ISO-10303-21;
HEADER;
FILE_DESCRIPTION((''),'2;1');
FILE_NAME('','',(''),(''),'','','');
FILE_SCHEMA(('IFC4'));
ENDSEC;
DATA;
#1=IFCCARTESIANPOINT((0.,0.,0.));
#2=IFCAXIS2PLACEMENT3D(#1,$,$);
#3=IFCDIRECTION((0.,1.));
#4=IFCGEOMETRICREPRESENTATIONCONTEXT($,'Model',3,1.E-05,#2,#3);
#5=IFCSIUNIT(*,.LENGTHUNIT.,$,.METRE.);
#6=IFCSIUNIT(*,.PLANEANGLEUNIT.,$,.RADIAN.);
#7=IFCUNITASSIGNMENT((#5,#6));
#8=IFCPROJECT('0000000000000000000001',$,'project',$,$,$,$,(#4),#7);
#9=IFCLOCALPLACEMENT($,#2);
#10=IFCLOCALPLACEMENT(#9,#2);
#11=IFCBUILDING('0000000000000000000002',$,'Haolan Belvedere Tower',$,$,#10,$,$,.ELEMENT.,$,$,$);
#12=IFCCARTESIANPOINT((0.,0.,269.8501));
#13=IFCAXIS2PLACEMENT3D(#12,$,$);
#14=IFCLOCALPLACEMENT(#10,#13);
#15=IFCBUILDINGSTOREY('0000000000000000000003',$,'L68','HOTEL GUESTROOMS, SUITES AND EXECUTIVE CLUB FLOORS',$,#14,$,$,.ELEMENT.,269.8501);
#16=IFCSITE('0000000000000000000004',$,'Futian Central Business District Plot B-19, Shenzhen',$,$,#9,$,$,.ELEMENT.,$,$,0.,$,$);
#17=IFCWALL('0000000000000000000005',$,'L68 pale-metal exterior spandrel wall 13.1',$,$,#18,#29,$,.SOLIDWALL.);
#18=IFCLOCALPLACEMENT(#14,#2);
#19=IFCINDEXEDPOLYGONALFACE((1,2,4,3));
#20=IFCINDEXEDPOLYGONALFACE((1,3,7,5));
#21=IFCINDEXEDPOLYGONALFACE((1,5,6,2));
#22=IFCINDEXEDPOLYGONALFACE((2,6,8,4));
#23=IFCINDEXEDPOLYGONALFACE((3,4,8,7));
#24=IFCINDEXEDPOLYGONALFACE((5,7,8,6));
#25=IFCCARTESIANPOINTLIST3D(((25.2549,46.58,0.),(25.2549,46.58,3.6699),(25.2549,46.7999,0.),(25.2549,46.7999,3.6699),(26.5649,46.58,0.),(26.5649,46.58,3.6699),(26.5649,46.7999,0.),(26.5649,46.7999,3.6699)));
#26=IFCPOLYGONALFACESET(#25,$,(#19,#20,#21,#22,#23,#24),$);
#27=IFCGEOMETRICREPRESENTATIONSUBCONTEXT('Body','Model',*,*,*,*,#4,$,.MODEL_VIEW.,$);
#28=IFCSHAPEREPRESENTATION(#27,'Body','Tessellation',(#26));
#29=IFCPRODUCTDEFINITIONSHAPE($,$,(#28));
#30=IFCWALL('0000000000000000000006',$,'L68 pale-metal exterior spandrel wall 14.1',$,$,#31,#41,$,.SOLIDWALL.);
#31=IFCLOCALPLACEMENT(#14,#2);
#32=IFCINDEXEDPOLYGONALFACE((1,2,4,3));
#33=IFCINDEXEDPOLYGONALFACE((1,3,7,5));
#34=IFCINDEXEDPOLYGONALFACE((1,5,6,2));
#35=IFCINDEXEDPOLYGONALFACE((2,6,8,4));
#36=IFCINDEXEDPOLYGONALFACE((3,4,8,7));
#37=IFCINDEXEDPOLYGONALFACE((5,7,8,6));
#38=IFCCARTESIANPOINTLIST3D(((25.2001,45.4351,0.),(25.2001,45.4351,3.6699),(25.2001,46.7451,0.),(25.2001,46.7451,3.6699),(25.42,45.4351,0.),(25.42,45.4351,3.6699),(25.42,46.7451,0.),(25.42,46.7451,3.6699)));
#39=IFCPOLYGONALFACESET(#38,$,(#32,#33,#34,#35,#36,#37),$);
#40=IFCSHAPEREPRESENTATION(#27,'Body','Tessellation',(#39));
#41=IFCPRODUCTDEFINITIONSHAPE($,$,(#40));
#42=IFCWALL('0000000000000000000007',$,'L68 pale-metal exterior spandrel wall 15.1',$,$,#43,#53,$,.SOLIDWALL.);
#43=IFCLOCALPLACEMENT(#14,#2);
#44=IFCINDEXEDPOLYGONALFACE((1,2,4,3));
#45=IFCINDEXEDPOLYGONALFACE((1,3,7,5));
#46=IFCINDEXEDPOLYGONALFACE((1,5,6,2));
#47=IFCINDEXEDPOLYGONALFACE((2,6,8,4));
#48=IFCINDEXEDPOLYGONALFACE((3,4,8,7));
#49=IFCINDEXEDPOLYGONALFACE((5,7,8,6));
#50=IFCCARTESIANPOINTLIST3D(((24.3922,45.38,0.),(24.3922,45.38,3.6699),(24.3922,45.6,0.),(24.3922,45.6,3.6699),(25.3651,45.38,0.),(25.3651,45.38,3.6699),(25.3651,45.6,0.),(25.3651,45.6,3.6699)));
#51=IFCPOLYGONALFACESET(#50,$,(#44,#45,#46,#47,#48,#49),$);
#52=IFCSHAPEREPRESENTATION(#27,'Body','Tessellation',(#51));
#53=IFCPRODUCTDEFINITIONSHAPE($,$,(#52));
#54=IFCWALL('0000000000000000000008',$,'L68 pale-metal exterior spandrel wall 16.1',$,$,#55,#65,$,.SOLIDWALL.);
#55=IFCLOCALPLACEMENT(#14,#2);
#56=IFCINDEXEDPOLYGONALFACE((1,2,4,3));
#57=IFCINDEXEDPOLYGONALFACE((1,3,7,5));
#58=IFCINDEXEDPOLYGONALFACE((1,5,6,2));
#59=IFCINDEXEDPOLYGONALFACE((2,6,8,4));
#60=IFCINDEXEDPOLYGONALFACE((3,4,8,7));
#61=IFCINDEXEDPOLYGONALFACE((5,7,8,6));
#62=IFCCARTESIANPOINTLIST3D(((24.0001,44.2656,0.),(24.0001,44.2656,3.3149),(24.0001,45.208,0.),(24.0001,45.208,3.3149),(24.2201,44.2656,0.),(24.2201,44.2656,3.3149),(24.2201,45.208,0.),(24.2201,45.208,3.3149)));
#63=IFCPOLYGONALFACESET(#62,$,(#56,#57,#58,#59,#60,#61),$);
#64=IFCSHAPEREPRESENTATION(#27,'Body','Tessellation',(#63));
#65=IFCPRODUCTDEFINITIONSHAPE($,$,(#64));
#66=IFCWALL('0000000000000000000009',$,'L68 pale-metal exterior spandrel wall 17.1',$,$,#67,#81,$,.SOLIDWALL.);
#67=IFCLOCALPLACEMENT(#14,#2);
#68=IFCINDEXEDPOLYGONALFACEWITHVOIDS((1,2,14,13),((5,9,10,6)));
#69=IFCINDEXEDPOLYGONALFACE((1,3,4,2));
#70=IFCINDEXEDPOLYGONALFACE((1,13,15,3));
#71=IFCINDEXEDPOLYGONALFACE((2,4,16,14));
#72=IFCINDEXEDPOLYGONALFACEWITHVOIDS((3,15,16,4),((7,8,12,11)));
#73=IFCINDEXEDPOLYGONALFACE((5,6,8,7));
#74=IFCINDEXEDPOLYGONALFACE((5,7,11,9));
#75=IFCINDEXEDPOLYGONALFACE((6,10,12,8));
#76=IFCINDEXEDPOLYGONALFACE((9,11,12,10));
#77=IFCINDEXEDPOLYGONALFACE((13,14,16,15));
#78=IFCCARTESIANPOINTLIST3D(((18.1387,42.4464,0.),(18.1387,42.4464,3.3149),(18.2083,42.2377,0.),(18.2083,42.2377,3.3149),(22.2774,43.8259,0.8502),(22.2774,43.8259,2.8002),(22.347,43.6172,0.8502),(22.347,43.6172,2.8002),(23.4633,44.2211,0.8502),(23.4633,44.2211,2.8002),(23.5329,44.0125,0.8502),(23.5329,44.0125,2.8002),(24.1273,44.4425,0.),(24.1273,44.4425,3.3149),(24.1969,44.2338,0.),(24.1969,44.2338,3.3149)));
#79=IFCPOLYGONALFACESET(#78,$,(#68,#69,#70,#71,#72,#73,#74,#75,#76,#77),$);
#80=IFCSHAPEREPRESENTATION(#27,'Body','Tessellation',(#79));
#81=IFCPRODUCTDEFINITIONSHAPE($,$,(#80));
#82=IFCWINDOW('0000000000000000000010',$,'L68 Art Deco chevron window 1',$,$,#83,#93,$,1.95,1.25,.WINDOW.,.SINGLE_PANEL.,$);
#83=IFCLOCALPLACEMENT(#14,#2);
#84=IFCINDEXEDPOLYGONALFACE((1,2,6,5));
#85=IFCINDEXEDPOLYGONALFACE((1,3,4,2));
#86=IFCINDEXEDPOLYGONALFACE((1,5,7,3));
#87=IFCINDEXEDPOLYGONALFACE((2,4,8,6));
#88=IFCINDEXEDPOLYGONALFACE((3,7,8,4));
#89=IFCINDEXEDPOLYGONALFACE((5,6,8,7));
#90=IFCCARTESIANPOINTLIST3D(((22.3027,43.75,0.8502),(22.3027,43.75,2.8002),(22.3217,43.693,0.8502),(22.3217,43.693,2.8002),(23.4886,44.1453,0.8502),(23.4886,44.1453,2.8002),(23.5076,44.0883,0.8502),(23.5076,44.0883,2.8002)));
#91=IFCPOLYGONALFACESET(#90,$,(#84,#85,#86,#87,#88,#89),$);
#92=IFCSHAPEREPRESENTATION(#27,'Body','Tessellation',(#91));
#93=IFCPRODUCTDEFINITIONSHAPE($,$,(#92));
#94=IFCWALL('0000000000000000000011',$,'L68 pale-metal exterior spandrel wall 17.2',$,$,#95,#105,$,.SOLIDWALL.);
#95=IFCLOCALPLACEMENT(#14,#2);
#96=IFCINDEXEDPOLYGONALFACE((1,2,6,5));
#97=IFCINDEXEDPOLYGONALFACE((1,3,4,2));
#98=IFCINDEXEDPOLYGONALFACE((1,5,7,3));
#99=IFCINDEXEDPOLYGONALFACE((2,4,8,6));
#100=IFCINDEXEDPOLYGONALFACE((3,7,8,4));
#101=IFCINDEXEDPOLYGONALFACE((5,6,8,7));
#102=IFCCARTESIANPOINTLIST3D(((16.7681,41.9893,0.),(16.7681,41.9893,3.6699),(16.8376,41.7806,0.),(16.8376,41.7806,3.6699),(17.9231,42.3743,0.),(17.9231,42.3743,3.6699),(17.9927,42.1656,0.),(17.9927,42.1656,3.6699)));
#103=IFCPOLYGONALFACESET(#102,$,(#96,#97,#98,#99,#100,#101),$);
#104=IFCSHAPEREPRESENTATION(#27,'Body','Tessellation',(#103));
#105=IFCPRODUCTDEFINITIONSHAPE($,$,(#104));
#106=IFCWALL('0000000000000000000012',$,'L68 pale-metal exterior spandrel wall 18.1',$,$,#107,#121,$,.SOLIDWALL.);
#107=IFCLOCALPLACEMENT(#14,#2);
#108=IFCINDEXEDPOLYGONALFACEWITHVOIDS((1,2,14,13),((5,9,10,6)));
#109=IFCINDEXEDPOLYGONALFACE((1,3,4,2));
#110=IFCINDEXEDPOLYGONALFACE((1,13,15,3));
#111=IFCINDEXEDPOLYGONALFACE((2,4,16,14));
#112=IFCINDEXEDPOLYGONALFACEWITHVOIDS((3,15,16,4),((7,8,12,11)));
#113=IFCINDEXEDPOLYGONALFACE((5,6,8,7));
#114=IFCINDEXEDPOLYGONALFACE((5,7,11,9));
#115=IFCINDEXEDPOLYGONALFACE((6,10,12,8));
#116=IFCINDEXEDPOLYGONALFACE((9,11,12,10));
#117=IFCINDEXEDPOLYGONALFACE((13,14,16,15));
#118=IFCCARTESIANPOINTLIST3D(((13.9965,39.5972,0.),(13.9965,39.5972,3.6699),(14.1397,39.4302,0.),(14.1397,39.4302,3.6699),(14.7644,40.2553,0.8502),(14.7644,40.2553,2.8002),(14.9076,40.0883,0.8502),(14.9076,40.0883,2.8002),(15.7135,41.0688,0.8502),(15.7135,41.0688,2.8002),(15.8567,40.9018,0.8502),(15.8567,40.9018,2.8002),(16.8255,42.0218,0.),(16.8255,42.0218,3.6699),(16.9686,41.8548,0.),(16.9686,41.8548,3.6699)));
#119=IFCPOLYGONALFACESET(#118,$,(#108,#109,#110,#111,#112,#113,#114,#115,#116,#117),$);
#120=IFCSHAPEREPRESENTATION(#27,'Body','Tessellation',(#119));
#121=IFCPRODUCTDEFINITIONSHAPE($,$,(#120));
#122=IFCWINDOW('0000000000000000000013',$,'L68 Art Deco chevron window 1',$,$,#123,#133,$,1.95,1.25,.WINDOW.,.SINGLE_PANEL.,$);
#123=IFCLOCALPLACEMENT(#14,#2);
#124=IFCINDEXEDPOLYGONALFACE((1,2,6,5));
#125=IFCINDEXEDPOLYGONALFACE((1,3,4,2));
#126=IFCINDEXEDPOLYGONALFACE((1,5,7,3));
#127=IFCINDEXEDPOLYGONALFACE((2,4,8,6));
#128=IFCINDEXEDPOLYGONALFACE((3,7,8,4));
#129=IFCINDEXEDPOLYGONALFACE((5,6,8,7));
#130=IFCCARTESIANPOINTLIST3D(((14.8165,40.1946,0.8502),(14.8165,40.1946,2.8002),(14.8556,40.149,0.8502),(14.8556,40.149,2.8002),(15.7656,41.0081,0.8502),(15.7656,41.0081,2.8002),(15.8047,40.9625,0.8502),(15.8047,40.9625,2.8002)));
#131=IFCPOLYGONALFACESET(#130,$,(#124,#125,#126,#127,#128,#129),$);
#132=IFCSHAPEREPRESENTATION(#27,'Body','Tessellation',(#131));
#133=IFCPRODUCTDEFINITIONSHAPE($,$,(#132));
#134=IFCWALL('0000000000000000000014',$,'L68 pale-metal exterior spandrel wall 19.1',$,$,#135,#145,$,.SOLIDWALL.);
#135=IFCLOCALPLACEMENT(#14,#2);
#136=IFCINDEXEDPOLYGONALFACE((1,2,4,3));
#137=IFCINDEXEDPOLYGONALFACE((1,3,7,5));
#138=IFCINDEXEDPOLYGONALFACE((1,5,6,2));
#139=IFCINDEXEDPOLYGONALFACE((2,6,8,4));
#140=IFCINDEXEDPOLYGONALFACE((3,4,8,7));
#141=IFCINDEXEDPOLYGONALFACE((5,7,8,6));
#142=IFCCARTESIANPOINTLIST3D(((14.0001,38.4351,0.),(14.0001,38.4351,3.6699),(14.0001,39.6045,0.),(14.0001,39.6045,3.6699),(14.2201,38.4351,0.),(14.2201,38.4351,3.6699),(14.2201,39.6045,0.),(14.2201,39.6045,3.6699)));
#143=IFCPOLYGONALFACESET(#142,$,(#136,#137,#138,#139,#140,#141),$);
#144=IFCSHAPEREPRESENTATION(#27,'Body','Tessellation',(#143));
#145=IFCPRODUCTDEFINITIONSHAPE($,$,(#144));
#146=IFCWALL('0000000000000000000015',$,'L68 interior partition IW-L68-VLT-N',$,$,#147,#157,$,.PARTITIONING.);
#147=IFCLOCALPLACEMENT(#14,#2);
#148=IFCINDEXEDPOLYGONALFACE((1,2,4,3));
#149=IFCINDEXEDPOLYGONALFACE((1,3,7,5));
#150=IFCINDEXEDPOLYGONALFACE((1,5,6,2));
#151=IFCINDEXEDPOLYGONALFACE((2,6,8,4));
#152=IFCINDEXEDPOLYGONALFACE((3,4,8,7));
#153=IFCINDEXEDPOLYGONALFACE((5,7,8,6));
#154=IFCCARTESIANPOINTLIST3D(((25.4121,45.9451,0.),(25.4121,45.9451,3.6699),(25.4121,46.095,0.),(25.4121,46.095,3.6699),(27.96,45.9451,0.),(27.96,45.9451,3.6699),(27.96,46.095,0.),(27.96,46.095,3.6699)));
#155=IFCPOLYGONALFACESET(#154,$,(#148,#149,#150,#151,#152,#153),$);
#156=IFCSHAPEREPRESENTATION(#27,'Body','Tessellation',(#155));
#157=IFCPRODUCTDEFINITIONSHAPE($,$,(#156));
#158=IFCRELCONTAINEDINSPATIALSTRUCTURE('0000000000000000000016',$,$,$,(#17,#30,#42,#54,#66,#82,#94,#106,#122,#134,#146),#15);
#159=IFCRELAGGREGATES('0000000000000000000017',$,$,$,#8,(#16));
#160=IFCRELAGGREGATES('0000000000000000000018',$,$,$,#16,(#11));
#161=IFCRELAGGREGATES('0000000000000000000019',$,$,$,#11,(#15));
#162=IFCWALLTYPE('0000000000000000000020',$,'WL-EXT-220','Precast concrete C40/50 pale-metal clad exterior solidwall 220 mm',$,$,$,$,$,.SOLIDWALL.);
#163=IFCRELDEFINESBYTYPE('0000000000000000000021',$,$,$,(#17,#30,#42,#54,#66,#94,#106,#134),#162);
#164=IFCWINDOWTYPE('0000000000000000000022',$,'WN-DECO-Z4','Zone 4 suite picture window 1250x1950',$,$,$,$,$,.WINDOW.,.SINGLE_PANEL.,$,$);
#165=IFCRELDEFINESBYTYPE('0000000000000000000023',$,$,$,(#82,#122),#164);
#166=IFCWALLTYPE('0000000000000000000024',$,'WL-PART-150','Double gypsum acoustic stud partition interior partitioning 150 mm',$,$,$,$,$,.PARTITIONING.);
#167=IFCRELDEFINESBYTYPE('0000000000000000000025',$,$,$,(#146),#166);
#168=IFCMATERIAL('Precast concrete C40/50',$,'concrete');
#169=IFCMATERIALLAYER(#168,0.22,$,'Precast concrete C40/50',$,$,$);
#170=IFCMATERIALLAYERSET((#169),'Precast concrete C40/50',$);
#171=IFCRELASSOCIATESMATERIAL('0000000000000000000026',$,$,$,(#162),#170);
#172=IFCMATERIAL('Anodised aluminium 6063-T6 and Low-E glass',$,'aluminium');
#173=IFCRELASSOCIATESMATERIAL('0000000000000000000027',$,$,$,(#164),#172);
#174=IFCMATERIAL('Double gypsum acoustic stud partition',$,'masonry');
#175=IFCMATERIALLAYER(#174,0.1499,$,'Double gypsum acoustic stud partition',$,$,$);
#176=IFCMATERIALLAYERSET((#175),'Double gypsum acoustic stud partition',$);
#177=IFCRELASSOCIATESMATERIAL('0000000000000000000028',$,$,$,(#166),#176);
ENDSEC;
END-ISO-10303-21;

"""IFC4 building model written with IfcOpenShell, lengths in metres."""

from ifc_helpers import new_model, si_unit, direction, frame, frame_2d, origin, place, context, subcontext, project, spatial, rectangle, extrude, material, layer, layer_set, type_object, element, fill, save


model = new_model("IFC4")

# Units and contexts
model_context = context("Model", 3, precision=1e-05, world=origin(), true_north=direction((0.0, 1.0)))
body_context = subcontext(model_context, "Body", "Model", "MODEL_VIEW")
ifc_project = project(units=[si_unit("LENGTHUNIT", "METRE"), si_unit("PLANEANGLEUNIT", "RADIAN")], contexts=[model_context])

# Site, building, storey
site_placement = place(None, origin())
site = spatial("IfcSite", under=ifc_project, at=site_placement, Name="Futian Central Business District Plot B-19, Shenzhen", CompositionType="ELEMENT", RefElevation=0.0)
building_placement = place(site_placement, origin())
building = spatial("IfcBuilding", under=site, at=building_placement, Name="Haolan Belvedere Tower", CompositionType="ELEMENT")
storey_placement = place(building_placement, frame((0.0, 0.0, 269.8501)))
storey = spatial("IfcBuildingStorey", under=building, at=storey_placement, Name="L68", Description="HOTEL GUESTROOMS, SUITES AND EXECUTIVE CLUB FLOORS", CompositionType="ELEMENT", Elevation=269.8501)

# Walls
ifc_material_1 = material(Name="Precast concrete C40/50", Category="concrete")
ifc_layer_1 = layer(ifc_material_1, 0.22, Name="Precast concrete C40/50")
ifc_layer_set_1 = layer_set([ifc_layer_1], Name="Precast concrete C40/50")
wall_type_1 = type_object("IfcWallType", Name="WL-EXT-220", Description="Precast concrete C40/50 pale-metal clad exterior solidwall 220 mm", PredefinedType="SOLIDWALL", material=ifc_layer_set_1)
for number, where, z_axis, x_axis, name in (
    (1, (26.5649, 46.6899, 0.0), (0.0, 0.0, 1.0), (-1.0, 0.0, 0.0), "L68 pale-metal exterior spandrel wall 13.1"),
    (2, (25.3101, 46.7451, 0.0), (0.0, 0.0, 1.0), (0.0, -1.0, 0.0), "L68 pale-metal exterior spandrel wall 14.1"),
):
    element("IfcWall", number, at=place(storey_placement, frame(where, z_axis=z_axis, x_axis=x_axis)), inside=storey, type_object=wall_type_1, Name=name, PredefinedType="SOLIDWALL", context=body_context, shape_type="SweptSolid", body=[
        extrude(rectangle(XDim=1.3101, YDim=0.22, at=frame_2d((0.655, 0.0))), origin(), (0.0, 0.0, 1.0), 3.6699),
    ])
wall_1_placement = place(storey_placement, frame((25.365, 45.49, 0.0), z_axis=(0.0, 0.0, 1.0), x_axis=(-1.0, 0.0, 0.0)))
element("IfcWall", 3, at=wall_1_placement, inside=storey, type_object=wall_type_1, Name="L68 pale-metal exterior spandrel wall 15.1", PredefinedType="SOLIDWALL", context=body_context, shape_type="SweptSolid", body=[
    extrude(rectangle(XDim=0.9729, YDim=0.22, at=frame_2d((0.4863, 0.0))), origin(), (0.0, 0.0, 1.0), 3.6699),
])
wall_2_placement = place(storey_placement, frame((24.1101, 45.208, 0.0), z_axis=(0.0, 0.0, 1.0), x_axis=(0.0, -1.0, 0.0)))
element("IfcWall", 4, at=wall_2_placement, inside=storey, type_object=wall_type_1, Name="L68 pale-metal exterior spandrel wall 16.1", PredefinedType="SOLIDWALL", context=body_context, shape_type="SweptSolid", body=[
    extrude(rectangle(XDim=0.9424, YDim=0.22, at=frame_2d((0.4712, 0.0))), origin(), (0.0, 0.0, 1.0), 3.3149),
])

# Wall, opening, window
wall_3_placement = place(storey_placement, frame((24.1621, 44.3381, 0.0), z_axis=(0.0, 0.0, 1.0), x_axis=(-0.948687, -0.316216, 0.0)))
wall_3 = element("IfcWall", 5, at=wall_3_placement, inside=storey, type_object=wall_type_1, Name="L68 pale-metal exterior spandrel wall 17.1", PredefinedType="SOLIDWALL", context=body_context, shape_type="SweptSolid", body=[
    extrude(rectangle(XDim=6.3125, YDim=0.22, at=frame_2d((3.1562, 0.0))), origin(), (0.0, 0.0, 1.0), 3.3149),
])
opening_1_placement = place(wall_3_placement, frame((0.7, 0.0, 0.8501)))
opening_1 = element("IfcOpeningElement", 6, at=opening_1_placement, cuts=wall_3, PredefinedType="OPENING", context=body_context, shape_type="SweptSolid", body=[
    extrude(rectangle(XDim=1.25, YDim=1.95, at=frame_2d((0.625, 0.9751))), frame((0.0, 0.1199, 0.0), z_axis=(0.0, -1.0, 0.0), x_axis=(1.0, 0.0, 0.0)), (0.0, 0.0, 1.0), 0.24),
])
ifc_material_2 = material(Name="Anodised aluminium 6063-T6 and Low-E glass", Category="aluminium")
window_type = type_object("IfcWindowType", Name="WN-DECO-Z4", Description="Zone 4 suite picture window 1250x1950", PartitioningType="SINGLE_PANEL", PredefinedType="WINDOW", material=ifc_material_2)
window_1_placement = place(opening_1_placement, origin())
window_1 = element("IfcWindow", 7, at=window_1_placement, inside=storey, type_object=window_type, Name="L68 Art Deco chevron window 1", OverallHeight=1.95, OverallWidth=1.25, PartitioningType="SINGLE_PANEL", PredefinedType="WINDOW", context=body_context, shape_type="SweptSolid", body=[
    extrude(rectangle(XDim=1.25, YDim=1.95, at=frame_2d((0.625, 0.9751))), frame((0.0, 0.03, 0.0), z_axis=(0.0, -1.0, 0.0), x_axis=(1.0, 0.0, 0.0)), (0.0, 0.0, 1.0), 0.0601),
])
fill(opening_1, window_1)

# Wall
wall_4_placement = place(storey_placement, frame((17.958, 42.27, 0.0), z_axis=(0.0, 0.0, 1.0), x_axis=(-0.948683, -0.316228, 0.0)))
element("IfcWall", 8, at=wall_4_placement, inside=storey, type_object=wall_type_1, Name="L68 pale-metal exterior spandrel wall 17.2", PredefinedType="SOLIDWALL", context=body_context, shape_type="SweptSolid", body=[
    extrude(rectangle(XDim=1.2175, YDim=0.22, at=frame_2d((0.6089, 0.0))), origin(), (0.0, 0.0, 1.0), 3.6699),
])

# Wall, opening, window
wall_5_placement = place(storey_placement, frame((16.897, 41.9382, 0.0), z_axis=(0.0, 0.0, 1.0), x_axis=(-0.75928, -0.650764, 0.0)))
wall_5 = element("IfcWall", 9, at=wall_5_placement, inside=storey, type_object=wall_type_1, Name="L68 pale-metal exterior spandrel wall 18.1", PredefinedType="SOLIDWALL", context=body_context, shape_type="SweptSolid", body=[
    extrude(rectangle(XDim=3.7258, YDim=0.22, at=frame_2d((1.8628, 0.0))), origin(), (0.0, 0.0, 1.0), 3.6699),
])
opening_2_placement = place(wall_5_placement, frame((1.4644, 0.0, 0.8501)))
opening_2 = element("IfcOpeningElement", 10, at=opening_2_placement, cuts=wall_5, PredefinedType="OPENING", context=body_context, shape_type="SweptSolid", body=[
    extrude(rectangle(XDim=1.25, YDim=1.95, at=frame_2d((0.625, 0.9751))), frame((0.0, 0.1199, 0.0), z_axis=(0.0, -1.0, 0.0), x_axis=(1.0, 0.0, 0.0)), (0.0, 0.0, 1.0), 0.24),
])
window_2_placement = place(opening_2_placement, origin())
window_2 = element("IfcWindow", 11, at=window_2_placement, inside=storey, type_object=window_type, Name="L68 Art Deco chevron window 1", OverallHeight=1.95, OverallWidth=1.25, PartitioningType="SINGLE_PANEL", PredefinedType="WINDOW", context=body_context, shape_type="SweptSolid", body=[
    extrude(rectangle(XDim=1.25, YDim=1.95, at=frame_2d((0.625, 0.9751))), frame((0.0, 0.03, 0.0), z_axis=(0.0, -1.0, 0.0), x_axis=(1.0, 0.0, 0.0)), (0.0, 0.0, 1.0), 0.0601),
])
fill(opening_2, window_2)

# Walls
wall_6_placement = place(storey_placement, frame((14.1101, 39.6045, 0.0), z_axis=(0.0, 0.0, 1.0), x_axis=(0.0, -1.0, 0.0)))
element("IfcWall", 12, at=wall_6_placement, inside=storey, type_object=wall_type_1, Name="L68 pale-metal exterior spandrel wall 19.1", PredefinedType="SOLIDWALL", context=body_context, shape_type="SweptSolid", body=[
    extrude(rectangle(XDim=1.1694, YDim=0.22, at=frame_2d((0.5847, 0.0))), origin(), (0.0, 0.0, 1.0), 3.6699),
])
ifc_material_3 = material(Name="Double gypsum acoustic stud partition", Category="masonry")
ifc_layer_2 = layer(ifc_material_3, 0.1499, Name="Double gypsum acoustic stud partition")
ifc_layer_set_2 = layer_set([ifc_layer_2], Name="Double gypsum acoustic stud partition")
wall_type_2 = type_object("IfcWallType", Name="WL-PART-150", Description="Double gypsum acoustic stud partition interior partitioning 150 mm", PredefinedType="PARTITIONING", material=ifc_layer_set_2)
wall_7_placement = place(storey_placement, frame((25.4121, 46.02, 0.0), z_axis=(0.0, 0.0, 1.0), x_axis=(1.0, 0.0, 0.0)))
element("IfcWall", 13, at=wall_7_placement, inside=storey, type_object=wall_type_2, Name="L68 interior partition IW-L68-VLT-N", PredefinedType="PARTITIONING", context=body_context, shape_type="SweptSolid", body=[
    extrude(rectangle(XDim=2.5479, YDim=0.1499, at=frame_2d((1.2739, 0.0))), origin(), (0.0, 0.0, 1.0), 3.6699),
])

save(model, "model.ifc")
